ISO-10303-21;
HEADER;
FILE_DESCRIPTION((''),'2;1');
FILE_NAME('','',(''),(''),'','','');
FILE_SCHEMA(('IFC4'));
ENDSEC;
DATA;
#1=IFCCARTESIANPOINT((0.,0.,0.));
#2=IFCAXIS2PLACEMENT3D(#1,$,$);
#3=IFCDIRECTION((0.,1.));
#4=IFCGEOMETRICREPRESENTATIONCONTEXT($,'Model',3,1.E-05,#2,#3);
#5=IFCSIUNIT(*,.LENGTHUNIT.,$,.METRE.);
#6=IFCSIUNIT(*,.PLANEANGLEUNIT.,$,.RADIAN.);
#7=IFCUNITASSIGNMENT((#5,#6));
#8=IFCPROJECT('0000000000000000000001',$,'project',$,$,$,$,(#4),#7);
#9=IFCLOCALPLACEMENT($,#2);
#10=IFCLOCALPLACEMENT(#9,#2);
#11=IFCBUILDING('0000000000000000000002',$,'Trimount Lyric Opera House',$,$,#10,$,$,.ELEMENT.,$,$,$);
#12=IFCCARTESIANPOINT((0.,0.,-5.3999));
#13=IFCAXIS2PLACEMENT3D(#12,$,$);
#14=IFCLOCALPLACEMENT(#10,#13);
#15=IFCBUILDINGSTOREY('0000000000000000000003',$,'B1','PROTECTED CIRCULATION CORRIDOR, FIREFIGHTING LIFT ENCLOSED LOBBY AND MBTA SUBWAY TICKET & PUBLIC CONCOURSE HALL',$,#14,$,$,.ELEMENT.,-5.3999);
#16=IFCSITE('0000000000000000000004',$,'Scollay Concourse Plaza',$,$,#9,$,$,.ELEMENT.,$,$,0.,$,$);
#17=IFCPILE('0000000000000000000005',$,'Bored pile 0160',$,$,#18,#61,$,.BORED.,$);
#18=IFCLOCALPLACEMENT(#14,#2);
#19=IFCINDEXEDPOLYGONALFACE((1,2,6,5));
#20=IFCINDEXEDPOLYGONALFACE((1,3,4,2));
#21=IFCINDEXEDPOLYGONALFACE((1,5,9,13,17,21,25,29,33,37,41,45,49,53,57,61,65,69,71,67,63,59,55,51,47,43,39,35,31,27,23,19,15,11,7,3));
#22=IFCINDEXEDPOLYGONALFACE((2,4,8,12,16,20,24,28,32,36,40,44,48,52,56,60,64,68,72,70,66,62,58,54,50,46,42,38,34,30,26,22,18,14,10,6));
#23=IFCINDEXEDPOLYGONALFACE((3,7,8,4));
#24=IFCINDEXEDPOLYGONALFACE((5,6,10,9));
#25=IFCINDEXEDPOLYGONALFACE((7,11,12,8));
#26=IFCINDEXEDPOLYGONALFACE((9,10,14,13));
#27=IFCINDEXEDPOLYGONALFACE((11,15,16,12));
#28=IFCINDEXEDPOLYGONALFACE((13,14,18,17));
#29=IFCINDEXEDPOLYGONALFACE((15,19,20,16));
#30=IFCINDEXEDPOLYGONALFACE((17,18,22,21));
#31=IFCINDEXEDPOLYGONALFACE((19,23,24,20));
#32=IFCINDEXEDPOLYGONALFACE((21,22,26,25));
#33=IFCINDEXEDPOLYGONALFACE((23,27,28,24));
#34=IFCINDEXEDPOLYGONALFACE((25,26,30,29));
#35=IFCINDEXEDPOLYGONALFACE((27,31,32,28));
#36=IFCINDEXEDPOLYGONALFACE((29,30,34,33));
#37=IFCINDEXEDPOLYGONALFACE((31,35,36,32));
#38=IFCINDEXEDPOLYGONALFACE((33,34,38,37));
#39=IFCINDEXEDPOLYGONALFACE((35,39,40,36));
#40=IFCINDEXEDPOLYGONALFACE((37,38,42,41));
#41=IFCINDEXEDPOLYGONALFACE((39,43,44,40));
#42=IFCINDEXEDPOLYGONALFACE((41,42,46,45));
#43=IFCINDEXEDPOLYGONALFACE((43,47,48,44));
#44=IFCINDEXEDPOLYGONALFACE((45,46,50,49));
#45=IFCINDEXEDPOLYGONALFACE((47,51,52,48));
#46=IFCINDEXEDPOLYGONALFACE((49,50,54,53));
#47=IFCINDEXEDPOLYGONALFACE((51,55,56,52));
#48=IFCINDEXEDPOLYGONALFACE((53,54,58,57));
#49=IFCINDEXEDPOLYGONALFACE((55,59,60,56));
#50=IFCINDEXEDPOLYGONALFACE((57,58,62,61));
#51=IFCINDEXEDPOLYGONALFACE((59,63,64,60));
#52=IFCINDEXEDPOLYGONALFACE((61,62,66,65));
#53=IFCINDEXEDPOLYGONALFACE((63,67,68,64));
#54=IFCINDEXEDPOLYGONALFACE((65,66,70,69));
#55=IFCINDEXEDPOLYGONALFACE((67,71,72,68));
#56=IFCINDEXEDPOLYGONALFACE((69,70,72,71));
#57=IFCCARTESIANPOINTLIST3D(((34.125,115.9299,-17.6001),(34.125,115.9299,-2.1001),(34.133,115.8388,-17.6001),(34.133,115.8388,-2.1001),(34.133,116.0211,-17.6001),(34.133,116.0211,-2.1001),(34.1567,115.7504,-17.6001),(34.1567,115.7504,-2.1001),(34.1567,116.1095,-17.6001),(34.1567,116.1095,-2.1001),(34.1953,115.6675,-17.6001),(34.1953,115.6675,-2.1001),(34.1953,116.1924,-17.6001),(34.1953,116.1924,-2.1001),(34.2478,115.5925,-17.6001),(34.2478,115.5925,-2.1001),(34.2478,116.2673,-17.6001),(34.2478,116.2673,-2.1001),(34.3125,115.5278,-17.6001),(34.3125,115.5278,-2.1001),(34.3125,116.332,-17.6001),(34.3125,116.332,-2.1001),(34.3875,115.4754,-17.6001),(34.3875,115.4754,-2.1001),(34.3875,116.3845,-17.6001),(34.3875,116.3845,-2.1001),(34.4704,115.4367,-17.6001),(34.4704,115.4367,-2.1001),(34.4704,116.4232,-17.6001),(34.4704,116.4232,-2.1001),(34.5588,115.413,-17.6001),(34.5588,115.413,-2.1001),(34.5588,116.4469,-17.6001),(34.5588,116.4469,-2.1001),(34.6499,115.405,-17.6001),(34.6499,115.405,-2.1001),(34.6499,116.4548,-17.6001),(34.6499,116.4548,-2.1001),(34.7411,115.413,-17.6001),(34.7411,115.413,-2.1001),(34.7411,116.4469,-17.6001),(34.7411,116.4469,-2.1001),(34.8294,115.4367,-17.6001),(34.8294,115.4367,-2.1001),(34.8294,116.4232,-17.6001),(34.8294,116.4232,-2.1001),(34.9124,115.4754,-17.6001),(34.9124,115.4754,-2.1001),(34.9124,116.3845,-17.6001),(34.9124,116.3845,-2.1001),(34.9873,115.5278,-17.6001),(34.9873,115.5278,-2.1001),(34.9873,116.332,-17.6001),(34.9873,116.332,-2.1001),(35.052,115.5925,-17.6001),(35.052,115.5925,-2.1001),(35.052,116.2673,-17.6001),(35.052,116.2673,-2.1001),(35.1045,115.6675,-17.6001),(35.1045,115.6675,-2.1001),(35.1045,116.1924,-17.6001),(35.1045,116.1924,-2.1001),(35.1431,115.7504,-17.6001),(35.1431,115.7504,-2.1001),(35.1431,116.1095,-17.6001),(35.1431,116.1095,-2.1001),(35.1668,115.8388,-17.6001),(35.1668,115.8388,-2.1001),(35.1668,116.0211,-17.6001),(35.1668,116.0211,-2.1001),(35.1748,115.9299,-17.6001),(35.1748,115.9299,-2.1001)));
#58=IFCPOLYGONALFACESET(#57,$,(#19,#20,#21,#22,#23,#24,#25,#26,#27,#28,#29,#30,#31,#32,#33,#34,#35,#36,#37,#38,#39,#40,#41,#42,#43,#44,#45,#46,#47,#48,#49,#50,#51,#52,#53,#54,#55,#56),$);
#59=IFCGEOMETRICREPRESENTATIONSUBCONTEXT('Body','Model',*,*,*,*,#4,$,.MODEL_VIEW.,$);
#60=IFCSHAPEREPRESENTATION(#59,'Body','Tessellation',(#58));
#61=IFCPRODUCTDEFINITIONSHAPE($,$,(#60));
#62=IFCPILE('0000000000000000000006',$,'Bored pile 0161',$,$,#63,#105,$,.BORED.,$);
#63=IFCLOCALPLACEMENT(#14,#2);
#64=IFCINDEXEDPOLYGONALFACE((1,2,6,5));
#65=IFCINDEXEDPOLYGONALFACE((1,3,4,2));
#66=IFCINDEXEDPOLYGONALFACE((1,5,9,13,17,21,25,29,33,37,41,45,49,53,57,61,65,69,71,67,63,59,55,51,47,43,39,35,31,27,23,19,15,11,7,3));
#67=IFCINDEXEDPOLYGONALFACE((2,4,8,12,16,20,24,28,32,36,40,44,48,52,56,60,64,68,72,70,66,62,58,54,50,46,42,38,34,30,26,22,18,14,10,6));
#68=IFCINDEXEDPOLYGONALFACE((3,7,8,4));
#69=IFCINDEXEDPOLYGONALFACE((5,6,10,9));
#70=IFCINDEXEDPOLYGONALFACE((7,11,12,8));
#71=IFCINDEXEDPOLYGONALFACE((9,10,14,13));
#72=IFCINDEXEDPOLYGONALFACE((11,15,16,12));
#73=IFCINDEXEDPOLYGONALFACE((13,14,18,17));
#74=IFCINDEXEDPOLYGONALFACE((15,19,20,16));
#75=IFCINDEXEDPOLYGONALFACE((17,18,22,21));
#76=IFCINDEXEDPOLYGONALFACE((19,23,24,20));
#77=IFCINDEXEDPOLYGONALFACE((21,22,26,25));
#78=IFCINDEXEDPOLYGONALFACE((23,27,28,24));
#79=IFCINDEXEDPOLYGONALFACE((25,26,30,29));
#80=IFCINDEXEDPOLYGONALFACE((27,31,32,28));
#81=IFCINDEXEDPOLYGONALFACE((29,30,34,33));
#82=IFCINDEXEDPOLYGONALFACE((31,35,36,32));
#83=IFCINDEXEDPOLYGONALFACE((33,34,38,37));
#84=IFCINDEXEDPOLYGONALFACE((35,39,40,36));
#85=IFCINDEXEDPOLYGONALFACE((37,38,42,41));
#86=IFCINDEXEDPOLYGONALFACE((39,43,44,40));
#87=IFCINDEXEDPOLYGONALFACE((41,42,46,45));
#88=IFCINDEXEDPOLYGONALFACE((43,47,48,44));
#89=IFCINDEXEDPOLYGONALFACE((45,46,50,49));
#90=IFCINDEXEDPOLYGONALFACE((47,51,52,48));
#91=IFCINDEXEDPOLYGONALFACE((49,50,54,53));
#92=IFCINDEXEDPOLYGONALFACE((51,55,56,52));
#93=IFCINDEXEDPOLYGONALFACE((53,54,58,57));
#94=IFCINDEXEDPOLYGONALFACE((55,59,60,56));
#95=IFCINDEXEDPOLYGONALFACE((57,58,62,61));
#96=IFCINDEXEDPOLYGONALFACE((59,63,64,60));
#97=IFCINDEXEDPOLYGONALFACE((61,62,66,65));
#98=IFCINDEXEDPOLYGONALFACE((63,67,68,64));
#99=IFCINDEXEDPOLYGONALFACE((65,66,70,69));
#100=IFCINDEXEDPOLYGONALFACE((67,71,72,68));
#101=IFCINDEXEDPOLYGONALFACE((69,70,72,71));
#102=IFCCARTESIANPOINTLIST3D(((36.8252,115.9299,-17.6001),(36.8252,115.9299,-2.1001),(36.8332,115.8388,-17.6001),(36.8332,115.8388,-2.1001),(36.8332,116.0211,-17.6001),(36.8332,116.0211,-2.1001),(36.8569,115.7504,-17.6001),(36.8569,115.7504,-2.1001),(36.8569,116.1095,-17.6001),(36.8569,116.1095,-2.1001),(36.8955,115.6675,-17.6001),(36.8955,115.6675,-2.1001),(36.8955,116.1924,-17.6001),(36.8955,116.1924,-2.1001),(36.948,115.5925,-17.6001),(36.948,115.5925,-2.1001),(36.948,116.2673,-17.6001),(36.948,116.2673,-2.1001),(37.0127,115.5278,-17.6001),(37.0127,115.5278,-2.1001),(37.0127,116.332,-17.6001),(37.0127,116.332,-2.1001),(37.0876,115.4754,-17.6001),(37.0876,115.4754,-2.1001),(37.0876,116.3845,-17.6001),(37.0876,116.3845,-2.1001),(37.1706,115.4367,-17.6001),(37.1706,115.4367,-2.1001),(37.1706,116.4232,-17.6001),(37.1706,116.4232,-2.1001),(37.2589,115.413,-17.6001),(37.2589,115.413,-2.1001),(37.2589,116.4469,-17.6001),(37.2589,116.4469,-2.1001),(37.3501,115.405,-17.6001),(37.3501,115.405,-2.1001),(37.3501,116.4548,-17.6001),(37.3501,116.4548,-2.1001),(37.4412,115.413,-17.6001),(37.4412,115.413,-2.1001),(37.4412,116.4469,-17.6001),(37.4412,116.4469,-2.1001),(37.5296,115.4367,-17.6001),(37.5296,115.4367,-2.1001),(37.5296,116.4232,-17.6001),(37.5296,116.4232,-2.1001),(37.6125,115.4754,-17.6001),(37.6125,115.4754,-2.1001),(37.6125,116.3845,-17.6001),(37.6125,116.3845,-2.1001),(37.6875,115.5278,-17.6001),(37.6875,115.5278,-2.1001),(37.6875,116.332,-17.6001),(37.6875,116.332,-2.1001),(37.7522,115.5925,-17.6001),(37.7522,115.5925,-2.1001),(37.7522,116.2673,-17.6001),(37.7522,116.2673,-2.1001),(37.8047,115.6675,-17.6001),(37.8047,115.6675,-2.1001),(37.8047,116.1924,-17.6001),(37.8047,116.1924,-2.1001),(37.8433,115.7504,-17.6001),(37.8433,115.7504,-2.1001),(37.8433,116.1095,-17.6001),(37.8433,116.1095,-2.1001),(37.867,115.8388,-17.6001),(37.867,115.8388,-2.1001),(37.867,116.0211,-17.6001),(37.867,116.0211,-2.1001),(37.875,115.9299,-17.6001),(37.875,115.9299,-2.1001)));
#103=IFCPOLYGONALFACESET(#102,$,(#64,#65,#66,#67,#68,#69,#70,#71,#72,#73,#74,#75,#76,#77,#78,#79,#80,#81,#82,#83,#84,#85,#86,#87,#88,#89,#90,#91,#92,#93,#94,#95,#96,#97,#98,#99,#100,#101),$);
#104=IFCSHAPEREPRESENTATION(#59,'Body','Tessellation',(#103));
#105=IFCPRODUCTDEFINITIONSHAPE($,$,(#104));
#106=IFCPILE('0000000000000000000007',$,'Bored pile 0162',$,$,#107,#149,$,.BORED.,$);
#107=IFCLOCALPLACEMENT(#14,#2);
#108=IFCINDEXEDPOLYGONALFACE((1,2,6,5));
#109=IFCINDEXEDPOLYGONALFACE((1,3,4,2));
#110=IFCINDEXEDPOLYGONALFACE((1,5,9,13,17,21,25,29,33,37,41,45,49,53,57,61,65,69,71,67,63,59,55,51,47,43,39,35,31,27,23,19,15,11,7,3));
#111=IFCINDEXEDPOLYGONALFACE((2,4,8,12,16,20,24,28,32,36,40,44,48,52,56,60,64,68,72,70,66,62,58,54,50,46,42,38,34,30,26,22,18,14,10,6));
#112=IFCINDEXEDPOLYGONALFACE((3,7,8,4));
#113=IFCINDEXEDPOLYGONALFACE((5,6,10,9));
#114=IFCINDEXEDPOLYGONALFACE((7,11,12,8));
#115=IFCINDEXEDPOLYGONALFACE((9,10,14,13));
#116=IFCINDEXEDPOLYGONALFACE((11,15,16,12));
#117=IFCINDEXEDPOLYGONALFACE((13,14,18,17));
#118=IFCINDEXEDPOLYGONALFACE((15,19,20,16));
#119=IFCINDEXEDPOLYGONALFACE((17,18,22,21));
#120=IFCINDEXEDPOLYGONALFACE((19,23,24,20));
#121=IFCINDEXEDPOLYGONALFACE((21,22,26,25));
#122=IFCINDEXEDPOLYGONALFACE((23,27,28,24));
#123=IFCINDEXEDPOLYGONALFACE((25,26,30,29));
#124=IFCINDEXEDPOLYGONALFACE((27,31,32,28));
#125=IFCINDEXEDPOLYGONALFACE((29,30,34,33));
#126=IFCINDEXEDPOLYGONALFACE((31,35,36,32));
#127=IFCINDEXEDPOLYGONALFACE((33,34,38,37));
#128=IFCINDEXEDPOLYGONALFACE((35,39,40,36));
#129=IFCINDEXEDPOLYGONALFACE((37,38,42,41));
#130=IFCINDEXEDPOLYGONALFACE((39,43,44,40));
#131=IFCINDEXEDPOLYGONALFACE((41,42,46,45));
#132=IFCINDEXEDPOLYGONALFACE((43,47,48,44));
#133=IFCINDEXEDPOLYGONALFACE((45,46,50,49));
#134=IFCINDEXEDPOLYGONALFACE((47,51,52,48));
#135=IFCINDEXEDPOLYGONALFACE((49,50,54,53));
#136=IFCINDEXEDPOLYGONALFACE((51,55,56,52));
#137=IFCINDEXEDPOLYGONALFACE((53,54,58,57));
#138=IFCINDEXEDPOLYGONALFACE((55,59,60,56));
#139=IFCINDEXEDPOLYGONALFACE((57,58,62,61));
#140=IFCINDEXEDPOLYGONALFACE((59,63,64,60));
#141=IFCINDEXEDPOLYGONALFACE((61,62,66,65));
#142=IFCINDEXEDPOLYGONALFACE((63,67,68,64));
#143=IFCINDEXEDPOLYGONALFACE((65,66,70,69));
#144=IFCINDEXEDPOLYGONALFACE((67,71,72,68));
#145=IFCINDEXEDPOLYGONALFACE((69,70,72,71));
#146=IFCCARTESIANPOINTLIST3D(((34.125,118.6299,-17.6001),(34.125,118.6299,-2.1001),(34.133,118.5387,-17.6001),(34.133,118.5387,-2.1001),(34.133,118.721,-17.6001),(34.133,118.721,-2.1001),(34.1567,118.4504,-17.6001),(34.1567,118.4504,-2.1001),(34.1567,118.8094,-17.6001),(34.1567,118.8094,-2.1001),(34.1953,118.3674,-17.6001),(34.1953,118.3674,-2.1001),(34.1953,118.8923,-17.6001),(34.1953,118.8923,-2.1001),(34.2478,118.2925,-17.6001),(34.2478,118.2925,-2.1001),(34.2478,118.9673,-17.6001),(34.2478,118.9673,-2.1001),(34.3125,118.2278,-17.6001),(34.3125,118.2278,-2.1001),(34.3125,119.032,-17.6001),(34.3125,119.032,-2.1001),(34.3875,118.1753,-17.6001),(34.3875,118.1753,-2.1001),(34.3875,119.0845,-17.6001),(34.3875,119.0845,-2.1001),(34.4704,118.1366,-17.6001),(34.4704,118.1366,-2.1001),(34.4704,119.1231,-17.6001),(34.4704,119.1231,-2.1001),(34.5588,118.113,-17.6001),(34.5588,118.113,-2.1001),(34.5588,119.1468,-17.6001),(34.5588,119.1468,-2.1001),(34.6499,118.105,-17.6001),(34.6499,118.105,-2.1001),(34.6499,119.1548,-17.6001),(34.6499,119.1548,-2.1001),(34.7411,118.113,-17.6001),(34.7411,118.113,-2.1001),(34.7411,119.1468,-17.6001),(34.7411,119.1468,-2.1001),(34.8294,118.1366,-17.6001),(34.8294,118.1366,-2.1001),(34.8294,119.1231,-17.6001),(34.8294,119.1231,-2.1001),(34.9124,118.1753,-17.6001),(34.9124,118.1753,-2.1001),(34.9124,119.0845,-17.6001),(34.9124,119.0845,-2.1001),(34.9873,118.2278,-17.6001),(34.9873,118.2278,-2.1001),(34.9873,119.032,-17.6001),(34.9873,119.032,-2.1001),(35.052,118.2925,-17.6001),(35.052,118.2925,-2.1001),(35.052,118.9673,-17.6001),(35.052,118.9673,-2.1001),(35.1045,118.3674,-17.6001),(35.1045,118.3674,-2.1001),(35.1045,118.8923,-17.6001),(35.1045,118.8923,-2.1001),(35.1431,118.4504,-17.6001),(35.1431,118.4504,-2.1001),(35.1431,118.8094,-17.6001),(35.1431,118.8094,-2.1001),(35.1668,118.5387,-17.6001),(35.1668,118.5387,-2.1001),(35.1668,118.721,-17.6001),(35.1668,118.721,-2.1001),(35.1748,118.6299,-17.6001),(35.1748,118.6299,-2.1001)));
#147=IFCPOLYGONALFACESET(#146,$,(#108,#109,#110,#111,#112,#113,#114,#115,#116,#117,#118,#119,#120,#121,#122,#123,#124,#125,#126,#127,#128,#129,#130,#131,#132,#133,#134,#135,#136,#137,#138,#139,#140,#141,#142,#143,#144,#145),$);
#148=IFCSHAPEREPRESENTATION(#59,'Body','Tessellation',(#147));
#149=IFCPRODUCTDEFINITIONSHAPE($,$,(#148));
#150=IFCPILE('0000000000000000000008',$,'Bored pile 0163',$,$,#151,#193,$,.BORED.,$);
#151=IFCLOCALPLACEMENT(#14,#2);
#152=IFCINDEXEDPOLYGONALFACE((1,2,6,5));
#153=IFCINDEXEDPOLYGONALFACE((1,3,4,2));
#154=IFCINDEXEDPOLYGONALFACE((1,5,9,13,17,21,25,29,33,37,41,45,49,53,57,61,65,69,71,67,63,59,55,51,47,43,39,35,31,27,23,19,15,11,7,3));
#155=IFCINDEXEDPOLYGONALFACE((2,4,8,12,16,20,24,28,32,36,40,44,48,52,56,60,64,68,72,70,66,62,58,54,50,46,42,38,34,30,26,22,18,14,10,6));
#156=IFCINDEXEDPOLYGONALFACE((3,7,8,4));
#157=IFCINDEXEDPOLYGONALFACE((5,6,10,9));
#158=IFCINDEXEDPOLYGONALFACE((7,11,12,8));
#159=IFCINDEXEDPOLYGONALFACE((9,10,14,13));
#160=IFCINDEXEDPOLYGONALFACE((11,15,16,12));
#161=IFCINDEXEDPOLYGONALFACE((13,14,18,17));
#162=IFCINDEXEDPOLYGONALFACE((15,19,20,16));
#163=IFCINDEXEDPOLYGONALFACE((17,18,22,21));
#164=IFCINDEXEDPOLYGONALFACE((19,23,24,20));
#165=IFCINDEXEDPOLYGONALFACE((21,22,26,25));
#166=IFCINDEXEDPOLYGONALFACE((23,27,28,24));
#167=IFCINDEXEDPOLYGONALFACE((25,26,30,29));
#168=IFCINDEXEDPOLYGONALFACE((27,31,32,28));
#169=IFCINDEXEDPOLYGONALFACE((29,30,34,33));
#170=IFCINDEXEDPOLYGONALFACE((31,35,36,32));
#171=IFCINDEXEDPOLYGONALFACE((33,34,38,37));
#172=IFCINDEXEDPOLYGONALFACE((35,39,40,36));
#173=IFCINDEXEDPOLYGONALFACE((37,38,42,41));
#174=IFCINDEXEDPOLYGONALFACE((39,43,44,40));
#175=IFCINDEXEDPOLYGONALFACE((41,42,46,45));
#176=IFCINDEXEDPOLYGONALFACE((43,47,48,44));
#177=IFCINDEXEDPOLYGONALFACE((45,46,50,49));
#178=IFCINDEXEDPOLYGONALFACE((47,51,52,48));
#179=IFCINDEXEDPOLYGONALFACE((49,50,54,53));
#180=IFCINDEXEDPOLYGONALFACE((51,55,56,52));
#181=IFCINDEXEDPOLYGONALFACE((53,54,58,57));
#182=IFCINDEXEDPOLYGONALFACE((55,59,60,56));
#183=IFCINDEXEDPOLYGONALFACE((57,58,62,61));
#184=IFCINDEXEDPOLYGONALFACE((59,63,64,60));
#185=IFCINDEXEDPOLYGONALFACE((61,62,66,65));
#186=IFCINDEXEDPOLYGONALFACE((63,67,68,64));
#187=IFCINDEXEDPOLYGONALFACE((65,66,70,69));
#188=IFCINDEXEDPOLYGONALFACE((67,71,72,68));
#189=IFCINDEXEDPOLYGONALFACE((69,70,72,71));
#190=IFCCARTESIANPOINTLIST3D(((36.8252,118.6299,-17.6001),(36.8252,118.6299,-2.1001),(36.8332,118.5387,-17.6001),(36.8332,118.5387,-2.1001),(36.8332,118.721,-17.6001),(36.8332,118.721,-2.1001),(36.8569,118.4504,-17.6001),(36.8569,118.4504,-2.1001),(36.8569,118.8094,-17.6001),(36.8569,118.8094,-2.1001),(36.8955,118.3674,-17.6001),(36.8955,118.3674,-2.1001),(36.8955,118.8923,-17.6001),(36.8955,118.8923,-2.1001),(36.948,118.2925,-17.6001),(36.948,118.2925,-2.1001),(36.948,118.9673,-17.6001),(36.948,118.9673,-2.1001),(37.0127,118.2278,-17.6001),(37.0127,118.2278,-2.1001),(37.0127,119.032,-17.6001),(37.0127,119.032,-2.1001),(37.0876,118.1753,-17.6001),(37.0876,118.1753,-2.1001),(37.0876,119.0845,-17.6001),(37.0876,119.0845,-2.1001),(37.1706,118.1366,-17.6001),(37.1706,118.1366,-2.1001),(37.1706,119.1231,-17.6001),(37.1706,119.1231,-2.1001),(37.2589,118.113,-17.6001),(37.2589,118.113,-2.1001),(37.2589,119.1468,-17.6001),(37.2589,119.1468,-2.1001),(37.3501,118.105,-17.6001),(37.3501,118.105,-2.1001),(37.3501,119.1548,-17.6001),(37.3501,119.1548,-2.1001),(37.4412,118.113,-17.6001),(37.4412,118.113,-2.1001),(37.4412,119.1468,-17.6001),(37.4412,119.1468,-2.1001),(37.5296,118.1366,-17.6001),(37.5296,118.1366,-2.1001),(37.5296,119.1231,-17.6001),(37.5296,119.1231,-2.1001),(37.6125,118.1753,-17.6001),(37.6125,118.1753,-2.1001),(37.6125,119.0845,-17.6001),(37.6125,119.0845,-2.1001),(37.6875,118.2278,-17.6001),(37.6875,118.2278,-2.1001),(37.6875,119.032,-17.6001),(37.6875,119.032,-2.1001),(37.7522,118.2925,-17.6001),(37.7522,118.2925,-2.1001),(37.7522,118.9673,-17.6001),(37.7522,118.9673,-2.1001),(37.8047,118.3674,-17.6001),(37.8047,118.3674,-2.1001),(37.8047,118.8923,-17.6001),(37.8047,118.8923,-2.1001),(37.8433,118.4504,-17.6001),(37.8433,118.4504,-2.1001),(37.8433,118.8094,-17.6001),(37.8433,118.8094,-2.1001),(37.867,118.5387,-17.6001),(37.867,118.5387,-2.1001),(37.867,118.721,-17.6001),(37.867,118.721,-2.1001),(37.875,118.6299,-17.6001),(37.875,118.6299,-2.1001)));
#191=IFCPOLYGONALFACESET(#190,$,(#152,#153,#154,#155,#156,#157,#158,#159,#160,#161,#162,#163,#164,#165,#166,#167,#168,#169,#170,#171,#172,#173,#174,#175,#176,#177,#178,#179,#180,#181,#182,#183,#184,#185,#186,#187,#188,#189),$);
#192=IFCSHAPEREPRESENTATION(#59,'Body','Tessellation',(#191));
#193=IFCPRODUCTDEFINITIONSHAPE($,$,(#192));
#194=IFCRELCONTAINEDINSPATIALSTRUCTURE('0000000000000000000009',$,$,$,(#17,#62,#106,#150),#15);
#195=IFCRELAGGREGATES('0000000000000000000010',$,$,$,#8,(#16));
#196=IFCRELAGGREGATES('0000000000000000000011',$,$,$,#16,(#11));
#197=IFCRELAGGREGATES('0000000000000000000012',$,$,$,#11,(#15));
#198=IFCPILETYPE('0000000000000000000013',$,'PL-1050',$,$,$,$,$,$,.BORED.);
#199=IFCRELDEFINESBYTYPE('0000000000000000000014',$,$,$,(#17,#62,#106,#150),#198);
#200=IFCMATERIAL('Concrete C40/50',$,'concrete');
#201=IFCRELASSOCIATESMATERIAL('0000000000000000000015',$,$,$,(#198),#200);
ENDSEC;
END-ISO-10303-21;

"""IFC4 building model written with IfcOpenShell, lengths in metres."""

from ifc_helpers import new_model, si_unit, direction, frame, origin, origin_2d, place, context, subcontext, project, spatial, circle, extrude, material, material_profile, profile_set, type_object, element, save


model = new_model("IFC4")

# Units and contexts
model_context = context("Model", 3, precision=1e-05, world=origin(), true_north=direction((0.0, 1.0)))
body_context = subcontext(model_context, "Body", "Model", "MODEL_VIEW")
ifc_project = project(units=[si_unit("LENGTHUNIT", "METRE"), si_unit("PLANEANGLEUNIT", "RADIAN")], contexts=[model_context])

# Site, building, storey
site_placement = place(None, origin())
site = spatial("IfcSite", under=ifc_project, at=site_placement, Name="Scollay Concourse Plaza", CompositionType="ELEMENT", RefElevation=0.0)
building_placement = place(site_placement, origin())
building = spatial("IfcBuilding", under=site, at=building_placement, Name="Trimount Lyric Opera House", CompositionType="ELEMENT")
storey_placement = place(building_placement, frame((0.0, 0.0, -5.3999)))
storey = spatial("IfcBuildingStorey", under=building, at=storey_placement, Name="B1", Description="PROTECTED CIRCULATION CORRIDOR, FIREFIGHTING LIFT ENCLOSED LOBBY AND MBTA SUBWAY TICKET & PUBLIC CONCOURSE HALL", CompositionType="ELEMENT", Elevation=-5.3999)

# Piles
ifc_material_1 = material(Name="Concrete C40/50", Category="concrete")
ifc_material_profile_1 = material_profile(ifc_material_1, circle(Radius=0.5249, at=origin_2d()), Name="PILE-D1050")
ifc_profile_set_1 = profile_set([ifc_material_profile_1], Name="Concrete C40/50")
pile_type_1 = type_object("IfcPileType", Name="PL-1050", PredefinedType="BORED", material=ifc_profile_set_1)
for number, where, z_axis, x_axis, name in (
    (1, (34.6499, 115.9299, -2.1001), (0.0, 0.0, -1.0), (1.0, 0.0, 0.0), "Bored pile 0160"),
    (2, (37.3501, 115.9299, -2.1001), (0.0, 0.0, -1.0), (1.0, 0.0, 0.0), "Bored pile 0161"),
    (3, (34.6499, 118.6299, -2.1001), (0.0, 0.0, -1.0), (1.0, 0.0, 0.0), "Bored pile 0162"),
    (4, (37.3501, 118.6299, -2.1001), (0.0, 0.0, -1.0), (1.0, 0.0, 0.0), "Bored pile 0163"),
):
    element("IfcPile", number, at=place(storey_placement, frame(where, z_axis=z_axis, x_axis=x_axis)), inside=storey, type_object=pile_type_1, Name=name, PredefinedType="BORED", context=body_context, shape_type="SweptSolid", body=[
        extrude(circle(Radius=0.5249, at=origin_2d()), origin(), (0.0, 0.0, 1.0), 15.5),
    ])

save(model, "model.ifc")
